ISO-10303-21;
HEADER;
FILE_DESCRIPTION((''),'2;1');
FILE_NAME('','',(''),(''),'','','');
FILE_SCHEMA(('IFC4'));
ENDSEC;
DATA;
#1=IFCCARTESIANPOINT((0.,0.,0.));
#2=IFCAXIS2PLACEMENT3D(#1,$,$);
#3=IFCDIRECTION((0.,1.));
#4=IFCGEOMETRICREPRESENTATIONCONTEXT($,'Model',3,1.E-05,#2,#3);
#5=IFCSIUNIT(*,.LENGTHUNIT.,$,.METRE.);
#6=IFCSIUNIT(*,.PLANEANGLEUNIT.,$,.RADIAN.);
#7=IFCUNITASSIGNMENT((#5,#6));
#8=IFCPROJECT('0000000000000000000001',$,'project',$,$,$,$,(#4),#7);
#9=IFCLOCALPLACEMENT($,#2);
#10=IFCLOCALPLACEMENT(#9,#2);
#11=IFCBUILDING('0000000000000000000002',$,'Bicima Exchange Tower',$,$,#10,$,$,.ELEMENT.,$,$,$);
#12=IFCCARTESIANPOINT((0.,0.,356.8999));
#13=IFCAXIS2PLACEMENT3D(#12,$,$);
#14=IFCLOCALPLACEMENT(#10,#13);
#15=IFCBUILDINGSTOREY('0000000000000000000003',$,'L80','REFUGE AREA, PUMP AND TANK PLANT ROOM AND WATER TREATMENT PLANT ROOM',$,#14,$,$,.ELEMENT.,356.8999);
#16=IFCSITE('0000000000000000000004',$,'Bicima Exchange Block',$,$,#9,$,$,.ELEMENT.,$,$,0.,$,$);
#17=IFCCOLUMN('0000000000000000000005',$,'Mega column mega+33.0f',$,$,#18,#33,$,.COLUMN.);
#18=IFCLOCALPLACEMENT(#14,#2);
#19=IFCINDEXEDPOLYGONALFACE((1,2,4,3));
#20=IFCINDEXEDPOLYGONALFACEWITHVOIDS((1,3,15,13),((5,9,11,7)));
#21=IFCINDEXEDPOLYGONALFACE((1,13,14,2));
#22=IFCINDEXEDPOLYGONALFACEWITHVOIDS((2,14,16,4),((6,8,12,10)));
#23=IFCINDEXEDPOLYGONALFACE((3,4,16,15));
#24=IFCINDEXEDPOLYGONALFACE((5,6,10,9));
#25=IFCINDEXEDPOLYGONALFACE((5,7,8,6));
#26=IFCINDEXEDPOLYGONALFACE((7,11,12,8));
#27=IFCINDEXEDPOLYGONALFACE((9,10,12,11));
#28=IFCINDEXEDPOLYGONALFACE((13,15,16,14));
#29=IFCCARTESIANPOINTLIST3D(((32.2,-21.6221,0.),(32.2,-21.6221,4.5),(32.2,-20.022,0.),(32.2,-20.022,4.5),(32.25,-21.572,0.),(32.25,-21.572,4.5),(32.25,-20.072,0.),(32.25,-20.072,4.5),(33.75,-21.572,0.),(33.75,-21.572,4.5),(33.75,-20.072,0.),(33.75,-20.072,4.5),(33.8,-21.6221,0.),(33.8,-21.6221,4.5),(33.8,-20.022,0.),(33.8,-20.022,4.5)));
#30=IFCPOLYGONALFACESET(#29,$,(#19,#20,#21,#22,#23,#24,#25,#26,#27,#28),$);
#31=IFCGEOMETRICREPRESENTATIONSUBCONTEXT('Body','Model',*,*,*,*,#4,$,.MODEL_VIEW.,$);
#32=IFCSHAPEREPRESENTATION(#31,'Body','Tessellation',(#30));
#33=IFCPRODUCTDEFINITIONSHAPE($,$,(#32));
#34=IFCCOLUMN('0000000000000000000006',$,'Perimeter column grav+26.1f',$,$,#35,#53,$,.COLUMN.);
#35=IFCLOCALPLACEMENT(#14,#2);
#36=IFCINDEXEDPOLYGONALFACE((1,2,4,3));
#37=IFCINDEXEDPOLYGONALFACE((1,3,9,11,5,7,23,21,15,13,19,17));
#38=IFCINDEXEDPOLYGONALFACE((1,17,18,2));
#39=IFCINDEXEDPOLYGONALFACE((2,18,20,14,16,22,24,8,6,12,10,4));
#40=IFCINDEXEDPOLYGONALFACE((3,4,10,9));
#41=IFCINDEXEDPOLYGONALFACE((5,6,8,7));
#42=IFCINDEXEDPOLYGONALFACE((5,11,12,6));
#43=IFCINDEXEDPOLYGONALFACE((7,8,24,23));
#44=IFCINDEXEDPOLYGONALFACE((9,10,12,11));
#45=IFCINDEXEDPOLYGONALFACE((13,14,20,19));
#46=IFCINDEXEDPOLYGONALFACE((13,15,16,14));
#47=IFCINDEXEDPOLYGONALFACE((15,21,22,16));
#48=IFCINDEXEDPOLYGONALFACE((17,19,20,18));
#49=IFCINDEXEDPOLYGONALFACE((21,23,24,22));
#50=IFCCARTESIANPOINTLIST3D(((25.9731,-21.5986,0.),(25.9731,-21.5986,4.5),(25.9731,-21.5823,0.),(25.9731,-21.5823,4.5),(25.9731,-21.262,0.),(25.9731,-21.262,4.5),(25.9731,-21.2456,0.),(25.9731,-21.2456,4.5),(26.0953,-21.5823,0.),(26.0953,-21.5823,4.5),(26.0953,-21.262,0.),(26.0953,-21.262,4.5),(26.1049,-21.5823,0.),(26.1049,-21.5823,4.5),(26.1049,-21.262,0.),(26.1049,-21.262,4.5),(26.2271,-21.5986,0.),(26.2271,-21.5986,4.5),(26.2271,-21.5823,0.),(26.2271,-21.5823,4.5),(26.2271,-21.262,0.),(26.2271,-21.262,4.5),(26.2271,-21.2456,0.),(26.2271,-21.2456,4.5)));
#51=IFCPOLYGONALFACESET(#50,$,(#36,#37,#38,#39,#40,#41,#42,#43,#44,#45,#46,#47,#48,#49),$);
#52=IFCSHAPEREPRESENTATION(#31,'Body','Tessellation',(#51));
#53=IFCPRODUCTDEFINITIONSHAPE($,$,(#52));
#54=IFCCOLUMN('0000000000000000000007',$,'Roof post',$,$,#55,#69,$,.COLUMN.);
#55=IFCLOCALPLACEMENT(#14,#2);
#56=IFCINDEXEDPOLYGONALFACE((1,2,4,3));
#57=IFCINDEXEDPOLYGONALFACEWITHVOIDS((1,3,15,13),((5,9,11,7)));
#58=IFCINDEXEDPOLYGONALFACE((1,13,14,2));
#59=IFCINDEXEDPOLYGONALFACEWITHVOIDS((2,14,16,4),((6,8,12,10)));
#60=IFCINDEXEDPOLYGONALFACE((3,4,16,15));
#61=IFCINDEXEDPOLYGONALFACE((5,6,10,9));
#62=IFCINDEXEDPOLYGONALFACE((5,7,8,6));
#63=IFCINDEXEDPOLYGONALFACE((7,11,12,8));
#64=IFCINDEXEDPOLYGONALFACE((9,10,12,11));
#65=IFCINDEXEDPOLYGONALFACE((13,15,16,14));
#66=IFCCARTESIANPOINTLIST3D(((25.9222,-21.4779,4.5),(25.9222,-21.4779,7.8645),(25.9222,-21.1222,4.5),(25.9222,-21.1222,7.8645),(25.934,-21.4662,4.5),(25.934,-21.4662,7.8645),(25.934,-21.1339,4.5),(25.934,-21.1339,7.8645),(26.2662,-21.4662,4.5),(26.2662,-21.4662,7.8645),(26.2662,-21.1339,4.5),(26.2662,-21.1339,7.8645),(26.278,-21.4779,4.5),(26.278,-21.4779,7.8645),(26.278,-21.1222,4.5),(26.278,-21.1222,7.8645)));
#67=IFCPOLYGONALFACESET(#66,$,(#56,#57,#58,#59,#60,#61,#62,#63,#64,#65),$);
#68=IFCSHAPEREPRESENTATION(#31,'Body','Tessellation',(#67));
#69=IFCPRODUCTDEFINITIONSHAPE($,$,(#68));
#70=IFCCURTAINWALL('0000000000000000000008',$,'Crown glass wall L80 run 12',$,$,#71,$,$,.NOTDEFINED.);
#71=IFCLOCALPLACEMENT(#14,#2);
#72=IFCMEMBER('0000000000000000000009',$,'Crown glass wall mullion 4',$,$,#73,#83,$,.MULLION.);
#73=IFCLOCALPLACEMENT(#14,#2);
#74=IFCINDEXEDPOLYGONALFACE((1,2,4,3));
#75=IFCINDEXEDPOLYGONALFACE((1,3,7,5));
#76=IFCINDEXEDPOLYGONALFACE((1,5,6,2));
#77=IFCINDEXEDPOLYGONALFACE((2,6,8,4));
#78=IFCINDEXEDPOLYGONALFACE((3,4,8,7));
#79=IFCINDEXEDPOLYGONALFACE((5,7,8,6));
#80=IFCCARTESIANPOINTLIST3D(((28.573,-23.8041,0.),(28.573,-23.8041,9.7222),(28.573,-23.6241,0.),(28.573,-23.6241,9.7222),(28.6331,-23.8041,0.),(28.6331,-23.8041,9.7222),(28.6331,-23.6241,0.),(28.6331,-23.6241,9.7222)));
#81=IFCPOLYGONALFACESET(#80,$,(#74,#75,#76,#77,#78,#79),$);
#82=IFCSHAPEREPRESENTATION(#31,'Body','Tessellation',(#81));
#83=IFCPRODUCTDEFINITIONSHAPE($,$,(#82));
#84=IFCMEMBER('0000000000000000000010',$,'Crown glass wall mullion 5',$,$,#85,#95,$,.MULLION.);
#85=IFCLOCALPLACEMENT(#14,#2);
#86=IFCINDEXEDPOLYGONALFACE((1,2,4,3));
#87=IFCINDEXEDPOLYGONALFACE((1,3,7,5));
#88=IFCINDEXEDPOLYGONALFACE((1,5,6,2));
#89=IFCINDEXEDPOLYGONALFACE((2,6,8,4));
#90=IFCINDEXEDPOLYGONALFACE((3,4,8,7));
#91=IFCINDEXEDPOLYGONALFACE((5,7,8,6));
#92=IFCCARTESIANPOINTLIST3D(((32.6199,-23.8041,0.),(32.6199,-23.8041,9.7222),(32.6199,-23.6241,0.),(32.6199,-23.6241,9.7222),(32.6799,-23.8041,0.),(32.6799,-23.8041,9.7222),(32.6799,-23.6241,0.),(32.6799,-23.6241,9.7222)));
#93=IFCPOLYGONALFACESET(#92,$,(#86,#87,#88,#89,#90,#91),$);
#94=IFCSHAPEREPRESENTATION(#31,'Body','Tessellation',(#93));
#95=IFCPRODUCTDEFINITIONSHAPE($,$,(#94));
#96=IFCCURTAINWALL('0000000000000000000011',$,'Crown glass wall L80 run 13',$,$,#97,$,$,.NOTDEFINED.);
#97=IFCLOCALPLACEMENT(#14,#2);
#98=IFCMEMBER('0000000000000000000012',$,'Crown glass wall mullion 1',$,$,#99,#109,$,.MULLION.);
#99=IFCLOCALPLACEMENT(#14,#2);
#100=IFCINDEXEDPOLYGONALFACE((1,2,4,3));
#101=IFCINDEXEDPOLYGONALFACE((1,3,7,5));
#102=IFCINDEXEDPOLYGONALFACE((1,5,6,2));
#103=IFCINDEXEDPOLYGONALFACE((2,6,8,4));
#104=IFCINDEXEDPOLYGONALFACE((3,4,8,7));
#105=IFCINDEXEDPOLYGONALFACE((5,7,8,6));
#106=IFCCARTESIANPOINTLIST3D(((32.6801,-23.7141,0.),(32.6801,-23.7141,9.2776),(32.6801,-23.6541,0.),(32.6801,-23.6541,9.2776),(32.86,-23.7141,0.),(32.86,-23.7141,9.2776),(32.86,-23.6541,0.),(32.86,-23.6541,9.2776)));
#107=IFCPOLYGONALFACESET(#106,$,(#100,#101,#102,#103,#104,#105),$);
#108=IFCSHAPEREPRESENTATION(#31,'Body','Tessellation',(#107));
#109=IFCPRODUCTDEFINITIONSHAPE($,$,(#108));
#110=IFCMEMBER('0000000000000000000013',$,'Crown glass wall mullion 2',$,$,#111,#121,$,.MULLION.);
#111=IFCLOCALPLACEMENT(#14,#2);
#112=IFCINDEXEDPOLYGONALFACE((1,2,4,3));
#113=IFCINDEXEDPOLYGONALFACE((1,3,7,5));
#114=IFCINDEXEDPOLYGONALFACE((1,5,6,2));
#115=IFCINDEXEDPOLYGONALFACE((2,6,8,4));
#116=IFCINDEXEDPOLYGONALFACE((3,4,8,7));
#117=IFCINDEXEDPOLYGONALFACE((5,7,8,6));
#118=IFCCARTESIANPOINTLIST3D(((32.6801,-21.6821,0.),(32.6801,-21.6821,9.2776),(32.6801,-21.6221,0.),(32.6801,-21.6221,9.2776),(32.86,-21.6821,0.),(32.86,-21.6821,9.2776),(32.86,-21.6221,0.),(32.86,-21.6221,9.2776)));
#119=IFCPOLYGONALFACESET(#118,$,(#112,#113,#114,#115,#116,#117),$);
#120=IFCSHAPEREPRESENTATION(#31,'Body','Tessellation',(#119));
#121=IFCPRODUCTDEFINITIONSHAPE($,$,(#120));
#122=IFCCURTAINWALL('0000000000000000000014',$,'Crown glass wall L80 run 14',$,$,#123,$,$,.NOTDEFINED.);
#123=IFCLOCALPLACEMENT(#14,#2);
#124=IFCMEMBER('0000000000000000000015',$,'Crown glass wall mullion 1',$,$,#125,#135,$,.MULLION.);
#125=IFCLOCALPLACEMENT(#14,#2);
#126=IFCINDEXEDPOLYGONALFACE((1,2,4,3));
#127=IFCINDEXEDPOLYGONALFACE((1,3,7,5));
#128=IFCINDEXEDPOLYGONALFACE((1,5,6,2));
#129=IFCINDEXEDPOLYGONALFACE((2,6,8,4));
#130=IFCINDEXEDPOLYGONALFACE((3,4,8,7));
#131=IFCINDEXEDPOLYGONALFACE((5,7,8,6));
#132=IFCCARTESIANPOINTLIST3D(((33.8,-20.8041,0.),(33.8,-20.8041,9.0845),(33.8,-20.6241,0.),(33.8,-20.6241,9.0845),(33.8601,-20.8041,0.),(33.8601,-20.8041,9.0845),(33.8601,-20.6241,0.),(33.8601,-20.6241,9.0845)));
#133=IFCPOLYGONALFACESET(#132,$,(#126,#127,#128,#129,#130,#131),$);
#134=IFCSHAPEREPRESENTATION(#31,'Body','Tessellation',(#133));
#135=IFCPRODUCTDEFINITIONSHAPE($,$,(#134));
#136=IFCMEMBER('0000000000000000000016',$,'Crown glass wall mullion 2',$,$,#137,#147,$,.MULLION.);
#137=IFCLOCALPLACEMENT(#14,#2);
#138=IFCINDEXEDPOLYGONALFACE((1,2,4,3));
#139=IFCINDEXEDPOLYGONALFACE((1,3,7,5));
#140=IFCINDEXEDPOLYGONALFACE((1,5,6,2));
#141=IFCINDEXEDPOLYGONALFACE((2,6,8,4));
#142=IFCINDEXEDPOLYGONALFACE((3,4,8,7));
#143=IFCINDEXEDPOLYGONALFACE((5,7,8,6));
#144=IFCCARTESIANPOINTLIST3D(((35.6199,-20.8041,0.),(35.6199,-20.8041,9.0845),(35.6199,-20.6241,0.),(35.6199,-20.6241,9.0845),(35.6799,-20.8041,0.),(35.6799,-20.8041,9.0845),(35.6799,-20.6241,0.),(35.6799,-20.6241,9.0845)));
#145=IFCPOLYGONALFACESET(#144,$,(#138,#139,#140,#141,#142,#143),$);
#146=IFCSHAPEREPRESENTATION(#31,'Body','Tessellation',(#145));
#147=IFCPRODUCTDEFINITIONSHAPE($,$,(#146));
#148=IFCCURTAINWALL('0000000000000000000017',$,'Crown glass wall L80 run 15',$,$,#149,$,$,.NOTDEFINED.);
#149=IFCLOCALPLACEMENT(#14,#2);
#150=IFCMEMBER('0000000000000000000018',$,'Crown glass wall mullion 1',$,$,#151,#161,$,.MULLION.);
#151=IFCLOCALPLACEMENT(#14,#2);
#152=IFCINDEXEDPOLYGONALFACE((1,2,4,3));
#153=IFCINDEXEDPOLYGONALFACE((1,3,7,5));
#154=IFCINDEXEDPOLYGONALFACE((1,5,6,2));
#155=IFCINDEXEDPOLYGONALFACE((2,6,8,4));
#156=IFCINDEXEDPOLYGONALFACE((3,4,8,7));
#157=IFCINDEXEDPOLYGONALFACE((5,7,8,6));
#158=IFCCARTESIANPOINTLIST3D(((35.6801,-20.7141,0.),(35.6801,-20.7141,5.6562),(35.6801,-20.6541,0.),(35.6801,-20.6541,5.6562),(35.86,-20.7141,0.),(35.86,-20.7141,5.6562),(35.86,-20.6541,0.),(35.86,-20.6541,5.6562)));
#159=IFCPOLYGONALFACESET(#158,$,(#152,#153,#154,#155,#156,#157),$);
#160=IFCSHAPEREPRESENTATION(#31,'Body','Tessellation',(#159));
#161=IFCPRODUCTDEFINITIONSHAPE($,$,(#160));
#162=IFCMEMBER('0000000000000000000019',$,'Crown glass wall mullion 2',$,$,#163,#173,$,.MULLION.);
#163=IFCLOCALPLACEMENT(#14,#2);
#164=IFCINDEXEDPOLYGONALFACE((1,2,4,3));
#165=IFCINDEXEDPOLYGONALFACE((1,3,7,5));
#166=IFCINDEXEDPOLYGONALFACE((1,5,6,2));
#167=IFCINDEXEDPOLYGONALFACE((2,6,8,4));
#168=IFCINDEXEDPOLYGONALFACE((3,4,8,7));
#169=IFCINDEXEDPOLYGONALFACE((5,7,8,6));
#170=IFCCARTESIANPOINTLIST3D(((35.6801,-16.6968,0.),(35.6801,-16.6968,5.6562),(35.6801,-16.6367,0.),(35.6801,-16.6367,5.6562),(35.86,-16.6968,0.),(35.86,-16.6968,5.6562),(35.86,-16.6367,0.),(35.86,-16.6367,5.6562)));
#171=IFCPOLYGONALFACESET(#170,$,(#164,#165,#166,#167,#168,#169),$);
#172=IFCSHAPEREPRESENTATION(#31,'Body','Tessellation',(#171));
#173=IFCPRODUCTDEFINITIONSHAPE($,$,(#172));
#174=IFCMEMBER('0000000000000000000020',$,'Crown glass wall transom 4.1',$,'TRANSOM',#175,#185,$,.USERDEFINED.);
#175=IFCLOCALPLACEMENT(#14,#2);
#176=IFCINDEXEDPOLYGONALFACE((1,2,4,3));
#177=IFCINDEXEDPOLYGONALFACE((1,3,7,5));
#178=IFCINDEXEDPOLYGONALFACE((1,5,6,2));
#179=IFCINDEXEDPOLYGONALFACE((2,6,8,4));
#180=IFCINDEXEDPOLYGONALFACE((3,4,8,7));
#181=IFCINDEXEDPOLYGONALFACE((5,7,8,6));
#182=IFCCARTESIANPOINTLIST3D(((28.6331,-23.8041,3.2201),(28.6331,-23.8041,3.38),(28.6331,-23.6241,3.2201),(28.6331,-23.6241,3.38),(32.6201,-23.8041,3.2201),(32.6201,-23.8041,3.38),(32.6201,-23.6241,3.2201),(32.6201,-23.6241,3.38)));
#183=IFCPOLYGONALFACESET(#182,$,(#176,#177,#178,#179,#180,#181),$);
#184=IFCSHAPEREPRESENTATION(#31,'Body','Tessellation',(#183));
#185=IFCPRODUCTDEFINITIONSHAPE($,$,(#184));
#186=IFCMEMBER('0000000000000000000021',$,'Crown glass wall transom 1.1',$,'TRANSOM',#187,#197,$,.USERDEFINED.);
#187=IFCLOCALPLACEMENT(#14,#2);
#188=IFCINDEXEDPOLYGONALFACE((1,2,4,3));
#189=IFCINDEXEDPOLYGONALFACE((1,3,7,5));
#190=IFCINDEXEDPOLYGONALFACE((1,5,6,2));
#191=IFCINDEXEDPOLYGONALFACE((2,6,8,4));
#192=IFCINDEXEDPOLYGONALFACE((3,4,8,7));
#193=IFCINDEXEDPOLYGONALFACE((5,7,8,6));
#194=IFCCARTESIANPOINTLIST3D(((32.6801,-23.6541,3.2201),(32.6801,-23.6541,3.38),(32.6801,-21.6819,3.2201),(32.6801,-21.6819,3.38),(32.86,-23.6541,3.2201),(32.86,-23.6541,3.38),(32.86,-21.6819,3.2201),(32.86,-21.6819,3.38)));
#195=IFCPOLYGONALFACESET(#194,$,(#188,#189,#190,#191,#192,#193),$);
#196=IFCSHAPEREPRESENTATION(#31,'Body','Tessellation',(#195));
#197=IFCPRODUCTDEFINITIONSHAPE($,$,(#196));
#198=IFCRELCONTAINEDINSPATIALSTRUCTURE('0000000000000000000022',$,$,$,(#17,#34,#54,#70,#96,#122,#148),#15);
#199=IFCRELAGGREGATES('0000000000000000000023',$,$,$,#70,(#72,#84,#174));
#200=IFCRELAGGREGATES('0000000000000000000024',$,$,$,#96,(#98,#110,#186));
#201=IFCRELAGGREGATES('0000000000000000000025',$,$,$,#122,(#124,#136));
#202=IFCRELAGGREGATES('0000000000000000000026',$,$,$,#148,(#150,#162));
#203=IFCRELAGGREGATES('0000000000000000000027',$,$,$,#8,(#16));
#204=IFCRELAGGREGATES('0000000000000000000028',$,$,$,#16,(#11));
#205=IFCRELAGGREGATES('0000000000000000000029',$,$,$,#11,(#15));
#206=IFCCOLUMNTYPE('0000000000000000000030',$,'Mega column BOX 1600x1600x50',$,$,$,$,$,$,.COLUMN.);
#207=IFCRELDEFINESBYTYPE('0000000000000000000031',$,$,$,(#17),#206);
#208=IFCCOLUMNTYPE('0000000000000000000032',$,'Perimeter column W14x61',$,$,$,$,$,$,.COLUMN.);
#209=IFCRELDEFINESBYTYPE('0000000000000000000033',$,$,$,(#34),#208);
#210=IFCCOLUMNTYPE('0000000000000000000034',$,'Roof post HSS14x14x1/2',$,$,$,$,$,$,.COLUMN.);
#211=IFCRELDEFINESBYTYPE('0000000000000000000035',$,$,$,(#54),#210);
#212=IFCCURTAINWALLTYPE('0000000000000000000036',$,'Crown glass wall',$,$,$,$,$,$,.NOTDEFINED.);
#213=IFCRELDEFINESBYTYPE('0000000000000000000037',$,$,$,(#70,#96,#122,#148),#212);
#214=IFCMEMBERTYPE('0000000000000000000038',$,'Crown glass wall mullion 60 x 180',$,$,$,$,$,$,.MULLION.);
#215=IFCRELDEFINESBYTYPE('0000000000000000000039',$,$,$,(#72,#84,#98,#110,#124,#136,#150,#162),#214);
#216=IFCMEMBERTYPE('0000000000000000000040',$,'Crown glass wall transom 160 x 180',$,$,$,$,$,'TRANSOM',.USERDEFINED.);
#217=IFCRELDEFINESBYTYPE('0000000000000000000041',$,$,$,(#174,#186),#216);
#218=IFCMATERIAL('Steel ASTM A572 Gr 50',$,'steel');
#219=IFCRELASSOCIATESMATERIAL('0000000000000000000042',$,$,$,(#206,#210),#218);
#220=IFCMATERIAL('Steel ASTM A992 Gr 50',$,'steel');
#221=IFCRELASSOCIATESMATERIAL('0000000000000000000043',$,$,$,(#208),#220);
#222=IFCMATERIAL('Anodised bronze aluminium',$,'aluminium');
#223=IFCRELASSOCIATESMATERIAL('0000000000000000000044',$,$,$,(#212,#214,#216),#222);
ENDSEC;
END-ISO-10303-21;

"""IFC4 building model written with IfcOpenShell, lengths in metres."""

from ifc_helpers import new_model, si_unit, direction, frame, origin, origin_2d, place, context, subcontext, project, spatial, rectangle, hollow_rectangle, i_section, extrude, material, material_profile, profile_set, type_object, element, aggregate, save


model = new_model("IFC4")

# Units and contexts
model_context = context("Model", 3, precision=1e-05, world=origin(), true_north=direction((0.0, 1.0)))
body_context = subcontext(model_context, "Body", "Model", "MODEL_VIEW")
ifc_project = project(units=[si_unit("LENGTHUNIT", "METRE"), si_unit("PLANEANGLEUNIT", "RADIAN")], contexts=[model_context])

# Site, building, storey
site_placement = place(None, origin())
site = spatial("IfcSite", under=ifc_project, at=site_placement, Name="Bicima Exchange Block", CompositionType="ELEMENT", RefElevation=0.0)
building_placement = place(site_placement, origin())
building = spatial("IfcBuilding", under=site, at=building_placement, Name="Bicima Exchange Tower", CompositionType="ELEMENT")
storey_placement = place(building_placement, frame((0.0, 0.0, 356.8999)))
storey = spatial("IfcBuildingStorey", under=building, at=storey_placement, Name="L80", Description="REFUGE AREA, PUMP AND TANK PLANT ROOM AND WATER TREATMENT PLANT ROOM", CompositionType="ELEMENT", Elevation=356.8999)

# Columns
ifc_material_1 = material(Name="Steel ASTM A572 Gr 50", Category="steel")
ifc_material_profile_1 = material_profile(ifc_material_1, hollow_rectangle(XDim=1.6001, YDim=1.6001, WallThickness=0.05, at=origin_2d()))
ifc_profile_set_1 = profile_set([ifc_material_profile_1], Name="Steel ASTM A572 Gr 50")
column_type_1 = type_object("IfcColumnType", Name="Mega column BOX 1600x1600x50", PredefinedType="COLUMN", material=ifc_profile_set_1)
column_1_placement = place(storey_placement, frame((33.0, -20.822, 0.0), z_axis=(0.0, 0.0, 1.0), x_axis=(1.0, 0.0, 0.0)))
element("IfcColumn", 1, at=column_1_placement, inside=storey, type_object=column_type_1, Name="Mega column mega+33.0f", PredefinedType="COLUMN", context=body_context, shape_type="SweptSolid", body=[
    extrude(hollow_rectangle(XDim=1.6001, YDim=1.6001, WallThickness=0.05, at=origin_2d()), origin(), (0.0, 0.0, 1.0), 4.5),
])
ifc_material_2 = material(Name="Steel ASTM A992 Gr 50", Category="steel")
ifc_material_profile_2 = material_profile(ifc_material_2, i_section(OverallWidth=0.2539, OverallDepth=0.353, WebThickness=0.0095, FlangeThickness=0.0164, at=origin_2d()))
ifc_profile_set_2 = profile_set([ifc_material_profile_2], Name="Steel ASTM A992 Gr 50")
column_type_2 = type_object("IfcColumnType", Name="Perimeter column W14x61", PredefinedType="COLUMN", material=ifc_profile_set_2)
column_2_placement = place(storey_placement, frame((26.1001, -21.4221, 0.0), z_axis=(0.0, 0.0, 1.0), x_axis=(1.0, 0.0, 0.0)))
element("IfcColumn", 2, at=column_2_placement, inside=storey, type_object=column_type_2, Name="Perimeter column grav+26.1f", PredefinedType="COLUMN", context=body_context, shape_type="SweptSolid", body=[
    extrude(i_section(OverallWidth=0.2539, OverallDepth=0.353, WebThickness=0.0095, FlangeThickness=0.0164, at=origin_2d()), origin(), (0.0, 0.0, 1.0), 4.5),
])
ifc_material_profile_3 = material_profile(ifc_material_1, hollow_rectangle(XDim=0.3557, YDim=0.3557, WallThickness=0.0117, at=origin_2d()))
ifc_profile_set_3 = profile_set([ifc_material_profile_3], Name="Steel ASTM A572 Gr 50")
column_type_3 = type_object("IfcColumnType", Name="Roof post HSS14x14x1/2", PredefinedType="COLUMN", material=ifc_profile_set_3)
column_3_placement = place(storey_placement, frame((26.1001, -21.3, 4.5), z_axis=(0.0, 0.0, 1.0), x_axis=(1.0, 0.0, 0.0)))
element("IfcColumn", 3, at=column_3_placement, inside=storey, type_object=column_type_3, Name="Roof post", PredefinedType="COLUMN", context=body_context, shape_type="SweptSolid", body=[
    extrude(hollow_rectangle(XDim=0.3557, YDim=0.3557, WallThickness=0.0117, at=origin_2d()), origin(), (0.0, 0.0, 1.0), 3.3645),
])

# Curtain walls, members
ifc_material_3 = material(Name="Anodised bronze aluminium", Category="aluminium")
curtain_wall_type = type_object("IfcCurtainWallType", Name="Crown glass wall", PredefinedType="NOTDEFINED", material=ifc_material_3)
curtain_wall_1_placement = place(storey_placement, origin())
curtain_wall_1 = element("IfcCurtainWall", 4, at=curtain_wall_1_placement, inside=storey, type_object=curtain_wall_type, Name="Crown glass wall L80 run 12", PredefinedType="NOTDEFINED")
ifc_material_profile_4 = material_profile(ifc_material_3, rectangle(XDim=0.1799, YDim=0.0601, at=origin_2d()))
ifc_profile_set_4 = profile_set([ifc_material_profile_4], Name="Anodised bronze aluminium")
member_type_1 = type_object("IfcMemberType", Name="Crown glass wall mullion 60 x 180", PredefinedType="MULLION", material=ifc_profile_set_4)
member_1_placement = place(storey_placement, frame((28.603, -23.7141, 0.0), z_axis=(0.0, 0.0, 1.0), x_axis=(0.0, 1.0, 0.0)))
member_1 = element("IfcMember", 5, at=member_1_placement, type_object=member_type_1, Name="Crown glass wall mullion 4", PredefinedType="MULLION", context=body_context, shape_type="SweptSolid", body=[
    extrude(rectangle(XDim=0.1799, YDim=0.0601, at=origin_2d()), origin(), (0.0, 0.0, 1.0), 9.7222),
])
member_2_placement = place(storey_placement, frame((32.6499, -23.7141, 0.0), z_axis=(0.0, 0.0, 1.0), x_axis=(0.0, 1.0, 0.0)))
member_2 = element("IfcMember", 6, at=member_2_placement, type_object=member_type_1, Name="Crown glass wall mullion 5", PredefinedType="MULLION", context=body_context, shape_type="SweptSolid", body=[
    extrude(rectangle(XDim=0.1799, YDim=0.0601, at=origin_2d()), origin(), (0.0, 0.0, 1.0), 9.7222),
])
curtain_wall_2_placement = place(storey_placement, origin())
curtain_wall_2 = element("IfcCurtainWall", 7, at=curtain_wall_2_placement, inside=storey, type_object=curtain_wall_type, Name="Crown glass wall L80 run 13", PredefinedType="NOTDEFINED")
member_3_placement = place(storey_placement, frame((32.77, -23.6841, 0.0), z_axis=(0.0, 0.0, 1.0), x_axis=(-1.0, 0.0, 0.0)))
member_3 = element("IfcMember", 8, at=member_3_placement, type_object=member_type_1, Name="Crown glass wall mullion 1", PredefinedType="MULLION", context=body_context, shape_type="SweptSolid", body=[
    extrude(rectangle(XDim=0.1799, YDim=0.0601, at=origin_2d()), origin(), (0.0, 0.0, 1.0), 9.2776),
])
member_4_placement = place(storey_placement, frame((32.77, -21.6521, 0.0), z_axis=(0.0, 0.0, 1.0), x_axis=(-1.0, 0.0, 0.0)))
member_4 = element("IfcMember", 9, at=member_4_placement, type_object=member_type_1, Name="Crown glass wall mullion 2", PredefinedType="MULLION", context=body_context, shape_type="SweptSolid", body=[
    extrude(rectangle(XDim=0.1799, YDim=0.0601, at=origin_2d()), origin(), (0.0, 0.0, 1.0), 9.2776),
])
curtain_wall_3_placement = place(storey_placement, origin())
curtain_wall_3 = element("IfcCurtainWall", 10, at=curtain_wall_3_placement, inside=storey, type_object=curtain_wall_type, Name="Crown glass wall L80 run 14", PredefinedType="NOTDEFINED")
member_5_placement = place(storey_placement, frame((33.8301, -20.7141, 0.0), z_axis=(0.0, 0.0, 1.0), x_axis=(0.0, 1.0, 0.0)))
member_5 = element("IfcMember", 11, at=member_5_placement, type_object=member_type_1, Name="Crown glass wall mullion 1", PredefinedType="MULLION", context=body_context, shape_type="SweptSolid", body=[
    extrude(rectangle(XDim=0.1799, YDim=0.0601, at=origin_2d()), origin(), (0.0, 0.0, 1.0), 9.0845),
])
member_6_placement = place(storey_placement, frame((35.6499, -20.7141, 0.0), z_axis=(0.0, 0.0, 1.0), x_axis=(0.0, 1.0, 0.0)))
member_6 = element("IfcMember", 12, at=member_6_placement, type_object=member_type_1, Name="Crown glass wall mullion 2", PredefinedType="MULLION", context=body_context, shape_type="SweptSolid", body=[
    extrude(rectangle(XDim=0.1799, YDim=0.0601, at=origin_2d()), origin(), (0.0, 0.0, 1.0), 9.0845),
])
curtain_wall_4_placement = place(storey_placement, origin())
curtain_wall_4 = element("IfcCurtainWall", 13, at=curtain_wall_4_placement, inside=storey, type_object=curtain_wall_type, Name="Crown glass wall L80 run 15", PredefinedType="NOTDEFINED")
member_7_placement = place(storey_placement, frame((35.77, -20.6841, 0.0), z_axis=(0.0, 0.0, 1.0), x_axis=(-1.0, 0.0, 0.0)))
member_7 = element("IfcMember", 14, at=member_7_placement, type_object=member_type_1, Name="Crown glass wall mullion 1", PredefinedType="MULLION", context=body_context, shape_type="SweptSolid", body=[
    extrude(rectangle(XDim=0.1799, YDim=0.0601, at=origin_2d()), origin(), (0.0, 0.0, 1.0), 5.6562),
])
member_8_placement = place(storey_placement, frame((35.77, -16.6667, 0.0), z_axis=(0.0, 0.0, 1.0), x_axis=(-1.0, 0.0, 0.0)))
member_8 = element("IfcMember", 15, at=member_8_placement, type_object=member_type_1, Name="Crown glass wall mullion 2", PredefinedType="MULLION", context=body_context, shape_type="SweptSolid", body=[
    extrude(rectangle(XDim=0.1799, YDim=0.0601, at=origin_2d()), origin(), (0.0, 0.0, 1.0), 5.6562),
])

# Members
ifc_material_profile_5 = material_profile(ifc_material_3, rectangle(XDim=0.1799, YDim=0.1599, at=origin_2d()))
ifc_profile_set_5 = profile_set([ifc_material_profile_5], Name="Anodised bronze aluminium")
member_type_2 = type_object("IfcMemberType", Name="Crown glass wall transom 160 x 180", ElementType="TRANSOM", PredefinedType="USERDEFINED", material=ifc_profile_set_5)
member_9_placement = place(storey_placement, frame((28.6331, -23.7141, 3.3), z_axis=(1.0, 0.0, 0.0), x_axis=(0.0, 1.0, 0.0)))
member_9 = element("IfcMember", 16, at=member_9_placement, type_object=member_type_2, Name="Crown glass wall transom 4.1", ObjectType="TRANSOM", PredefinedType="USERDEFINED", context=body_context, shape_type="SweptSolid", body=[
    extrude(rectangle(XDim=0.1799, YDim=0.1599, at=origin_2d()), origin(), (0.0, 0.0, 1.0), 3.9871),
])
member_10_placement = place(storey_placement, frame((32.77, -23.6541, 3.3), z_axis=(0.0, 1.0, 0.0), x_axis=(-1.0, 0.0, 0.0)))
member_10 = element("IfcMember", 17, at=member_10_placement, type_object=member_type_2, Name="Crown glass wall transom 1.1", ObjectType="TRANSOM", PredefinedType="USERDEFINED", context=body_context, shape_type="SweptSolid", body=[
    extrude(rectangle(XDim=0.1799, YDim=0.1599, at=origin_2d()), origin(), (0.0, 0.0, 1.0), 1.9722),
])

aggregate(curtain_wall_1, [member_1, member_2, member_9])
aggregate(curtain_wall_2, [member_3, member_4, member_10])
aggregate(curtain_wall_3, [member_5, member_6])
aggregate(curtain_wall_4, [member_7, member_8])

save(model, "model.ifc")
